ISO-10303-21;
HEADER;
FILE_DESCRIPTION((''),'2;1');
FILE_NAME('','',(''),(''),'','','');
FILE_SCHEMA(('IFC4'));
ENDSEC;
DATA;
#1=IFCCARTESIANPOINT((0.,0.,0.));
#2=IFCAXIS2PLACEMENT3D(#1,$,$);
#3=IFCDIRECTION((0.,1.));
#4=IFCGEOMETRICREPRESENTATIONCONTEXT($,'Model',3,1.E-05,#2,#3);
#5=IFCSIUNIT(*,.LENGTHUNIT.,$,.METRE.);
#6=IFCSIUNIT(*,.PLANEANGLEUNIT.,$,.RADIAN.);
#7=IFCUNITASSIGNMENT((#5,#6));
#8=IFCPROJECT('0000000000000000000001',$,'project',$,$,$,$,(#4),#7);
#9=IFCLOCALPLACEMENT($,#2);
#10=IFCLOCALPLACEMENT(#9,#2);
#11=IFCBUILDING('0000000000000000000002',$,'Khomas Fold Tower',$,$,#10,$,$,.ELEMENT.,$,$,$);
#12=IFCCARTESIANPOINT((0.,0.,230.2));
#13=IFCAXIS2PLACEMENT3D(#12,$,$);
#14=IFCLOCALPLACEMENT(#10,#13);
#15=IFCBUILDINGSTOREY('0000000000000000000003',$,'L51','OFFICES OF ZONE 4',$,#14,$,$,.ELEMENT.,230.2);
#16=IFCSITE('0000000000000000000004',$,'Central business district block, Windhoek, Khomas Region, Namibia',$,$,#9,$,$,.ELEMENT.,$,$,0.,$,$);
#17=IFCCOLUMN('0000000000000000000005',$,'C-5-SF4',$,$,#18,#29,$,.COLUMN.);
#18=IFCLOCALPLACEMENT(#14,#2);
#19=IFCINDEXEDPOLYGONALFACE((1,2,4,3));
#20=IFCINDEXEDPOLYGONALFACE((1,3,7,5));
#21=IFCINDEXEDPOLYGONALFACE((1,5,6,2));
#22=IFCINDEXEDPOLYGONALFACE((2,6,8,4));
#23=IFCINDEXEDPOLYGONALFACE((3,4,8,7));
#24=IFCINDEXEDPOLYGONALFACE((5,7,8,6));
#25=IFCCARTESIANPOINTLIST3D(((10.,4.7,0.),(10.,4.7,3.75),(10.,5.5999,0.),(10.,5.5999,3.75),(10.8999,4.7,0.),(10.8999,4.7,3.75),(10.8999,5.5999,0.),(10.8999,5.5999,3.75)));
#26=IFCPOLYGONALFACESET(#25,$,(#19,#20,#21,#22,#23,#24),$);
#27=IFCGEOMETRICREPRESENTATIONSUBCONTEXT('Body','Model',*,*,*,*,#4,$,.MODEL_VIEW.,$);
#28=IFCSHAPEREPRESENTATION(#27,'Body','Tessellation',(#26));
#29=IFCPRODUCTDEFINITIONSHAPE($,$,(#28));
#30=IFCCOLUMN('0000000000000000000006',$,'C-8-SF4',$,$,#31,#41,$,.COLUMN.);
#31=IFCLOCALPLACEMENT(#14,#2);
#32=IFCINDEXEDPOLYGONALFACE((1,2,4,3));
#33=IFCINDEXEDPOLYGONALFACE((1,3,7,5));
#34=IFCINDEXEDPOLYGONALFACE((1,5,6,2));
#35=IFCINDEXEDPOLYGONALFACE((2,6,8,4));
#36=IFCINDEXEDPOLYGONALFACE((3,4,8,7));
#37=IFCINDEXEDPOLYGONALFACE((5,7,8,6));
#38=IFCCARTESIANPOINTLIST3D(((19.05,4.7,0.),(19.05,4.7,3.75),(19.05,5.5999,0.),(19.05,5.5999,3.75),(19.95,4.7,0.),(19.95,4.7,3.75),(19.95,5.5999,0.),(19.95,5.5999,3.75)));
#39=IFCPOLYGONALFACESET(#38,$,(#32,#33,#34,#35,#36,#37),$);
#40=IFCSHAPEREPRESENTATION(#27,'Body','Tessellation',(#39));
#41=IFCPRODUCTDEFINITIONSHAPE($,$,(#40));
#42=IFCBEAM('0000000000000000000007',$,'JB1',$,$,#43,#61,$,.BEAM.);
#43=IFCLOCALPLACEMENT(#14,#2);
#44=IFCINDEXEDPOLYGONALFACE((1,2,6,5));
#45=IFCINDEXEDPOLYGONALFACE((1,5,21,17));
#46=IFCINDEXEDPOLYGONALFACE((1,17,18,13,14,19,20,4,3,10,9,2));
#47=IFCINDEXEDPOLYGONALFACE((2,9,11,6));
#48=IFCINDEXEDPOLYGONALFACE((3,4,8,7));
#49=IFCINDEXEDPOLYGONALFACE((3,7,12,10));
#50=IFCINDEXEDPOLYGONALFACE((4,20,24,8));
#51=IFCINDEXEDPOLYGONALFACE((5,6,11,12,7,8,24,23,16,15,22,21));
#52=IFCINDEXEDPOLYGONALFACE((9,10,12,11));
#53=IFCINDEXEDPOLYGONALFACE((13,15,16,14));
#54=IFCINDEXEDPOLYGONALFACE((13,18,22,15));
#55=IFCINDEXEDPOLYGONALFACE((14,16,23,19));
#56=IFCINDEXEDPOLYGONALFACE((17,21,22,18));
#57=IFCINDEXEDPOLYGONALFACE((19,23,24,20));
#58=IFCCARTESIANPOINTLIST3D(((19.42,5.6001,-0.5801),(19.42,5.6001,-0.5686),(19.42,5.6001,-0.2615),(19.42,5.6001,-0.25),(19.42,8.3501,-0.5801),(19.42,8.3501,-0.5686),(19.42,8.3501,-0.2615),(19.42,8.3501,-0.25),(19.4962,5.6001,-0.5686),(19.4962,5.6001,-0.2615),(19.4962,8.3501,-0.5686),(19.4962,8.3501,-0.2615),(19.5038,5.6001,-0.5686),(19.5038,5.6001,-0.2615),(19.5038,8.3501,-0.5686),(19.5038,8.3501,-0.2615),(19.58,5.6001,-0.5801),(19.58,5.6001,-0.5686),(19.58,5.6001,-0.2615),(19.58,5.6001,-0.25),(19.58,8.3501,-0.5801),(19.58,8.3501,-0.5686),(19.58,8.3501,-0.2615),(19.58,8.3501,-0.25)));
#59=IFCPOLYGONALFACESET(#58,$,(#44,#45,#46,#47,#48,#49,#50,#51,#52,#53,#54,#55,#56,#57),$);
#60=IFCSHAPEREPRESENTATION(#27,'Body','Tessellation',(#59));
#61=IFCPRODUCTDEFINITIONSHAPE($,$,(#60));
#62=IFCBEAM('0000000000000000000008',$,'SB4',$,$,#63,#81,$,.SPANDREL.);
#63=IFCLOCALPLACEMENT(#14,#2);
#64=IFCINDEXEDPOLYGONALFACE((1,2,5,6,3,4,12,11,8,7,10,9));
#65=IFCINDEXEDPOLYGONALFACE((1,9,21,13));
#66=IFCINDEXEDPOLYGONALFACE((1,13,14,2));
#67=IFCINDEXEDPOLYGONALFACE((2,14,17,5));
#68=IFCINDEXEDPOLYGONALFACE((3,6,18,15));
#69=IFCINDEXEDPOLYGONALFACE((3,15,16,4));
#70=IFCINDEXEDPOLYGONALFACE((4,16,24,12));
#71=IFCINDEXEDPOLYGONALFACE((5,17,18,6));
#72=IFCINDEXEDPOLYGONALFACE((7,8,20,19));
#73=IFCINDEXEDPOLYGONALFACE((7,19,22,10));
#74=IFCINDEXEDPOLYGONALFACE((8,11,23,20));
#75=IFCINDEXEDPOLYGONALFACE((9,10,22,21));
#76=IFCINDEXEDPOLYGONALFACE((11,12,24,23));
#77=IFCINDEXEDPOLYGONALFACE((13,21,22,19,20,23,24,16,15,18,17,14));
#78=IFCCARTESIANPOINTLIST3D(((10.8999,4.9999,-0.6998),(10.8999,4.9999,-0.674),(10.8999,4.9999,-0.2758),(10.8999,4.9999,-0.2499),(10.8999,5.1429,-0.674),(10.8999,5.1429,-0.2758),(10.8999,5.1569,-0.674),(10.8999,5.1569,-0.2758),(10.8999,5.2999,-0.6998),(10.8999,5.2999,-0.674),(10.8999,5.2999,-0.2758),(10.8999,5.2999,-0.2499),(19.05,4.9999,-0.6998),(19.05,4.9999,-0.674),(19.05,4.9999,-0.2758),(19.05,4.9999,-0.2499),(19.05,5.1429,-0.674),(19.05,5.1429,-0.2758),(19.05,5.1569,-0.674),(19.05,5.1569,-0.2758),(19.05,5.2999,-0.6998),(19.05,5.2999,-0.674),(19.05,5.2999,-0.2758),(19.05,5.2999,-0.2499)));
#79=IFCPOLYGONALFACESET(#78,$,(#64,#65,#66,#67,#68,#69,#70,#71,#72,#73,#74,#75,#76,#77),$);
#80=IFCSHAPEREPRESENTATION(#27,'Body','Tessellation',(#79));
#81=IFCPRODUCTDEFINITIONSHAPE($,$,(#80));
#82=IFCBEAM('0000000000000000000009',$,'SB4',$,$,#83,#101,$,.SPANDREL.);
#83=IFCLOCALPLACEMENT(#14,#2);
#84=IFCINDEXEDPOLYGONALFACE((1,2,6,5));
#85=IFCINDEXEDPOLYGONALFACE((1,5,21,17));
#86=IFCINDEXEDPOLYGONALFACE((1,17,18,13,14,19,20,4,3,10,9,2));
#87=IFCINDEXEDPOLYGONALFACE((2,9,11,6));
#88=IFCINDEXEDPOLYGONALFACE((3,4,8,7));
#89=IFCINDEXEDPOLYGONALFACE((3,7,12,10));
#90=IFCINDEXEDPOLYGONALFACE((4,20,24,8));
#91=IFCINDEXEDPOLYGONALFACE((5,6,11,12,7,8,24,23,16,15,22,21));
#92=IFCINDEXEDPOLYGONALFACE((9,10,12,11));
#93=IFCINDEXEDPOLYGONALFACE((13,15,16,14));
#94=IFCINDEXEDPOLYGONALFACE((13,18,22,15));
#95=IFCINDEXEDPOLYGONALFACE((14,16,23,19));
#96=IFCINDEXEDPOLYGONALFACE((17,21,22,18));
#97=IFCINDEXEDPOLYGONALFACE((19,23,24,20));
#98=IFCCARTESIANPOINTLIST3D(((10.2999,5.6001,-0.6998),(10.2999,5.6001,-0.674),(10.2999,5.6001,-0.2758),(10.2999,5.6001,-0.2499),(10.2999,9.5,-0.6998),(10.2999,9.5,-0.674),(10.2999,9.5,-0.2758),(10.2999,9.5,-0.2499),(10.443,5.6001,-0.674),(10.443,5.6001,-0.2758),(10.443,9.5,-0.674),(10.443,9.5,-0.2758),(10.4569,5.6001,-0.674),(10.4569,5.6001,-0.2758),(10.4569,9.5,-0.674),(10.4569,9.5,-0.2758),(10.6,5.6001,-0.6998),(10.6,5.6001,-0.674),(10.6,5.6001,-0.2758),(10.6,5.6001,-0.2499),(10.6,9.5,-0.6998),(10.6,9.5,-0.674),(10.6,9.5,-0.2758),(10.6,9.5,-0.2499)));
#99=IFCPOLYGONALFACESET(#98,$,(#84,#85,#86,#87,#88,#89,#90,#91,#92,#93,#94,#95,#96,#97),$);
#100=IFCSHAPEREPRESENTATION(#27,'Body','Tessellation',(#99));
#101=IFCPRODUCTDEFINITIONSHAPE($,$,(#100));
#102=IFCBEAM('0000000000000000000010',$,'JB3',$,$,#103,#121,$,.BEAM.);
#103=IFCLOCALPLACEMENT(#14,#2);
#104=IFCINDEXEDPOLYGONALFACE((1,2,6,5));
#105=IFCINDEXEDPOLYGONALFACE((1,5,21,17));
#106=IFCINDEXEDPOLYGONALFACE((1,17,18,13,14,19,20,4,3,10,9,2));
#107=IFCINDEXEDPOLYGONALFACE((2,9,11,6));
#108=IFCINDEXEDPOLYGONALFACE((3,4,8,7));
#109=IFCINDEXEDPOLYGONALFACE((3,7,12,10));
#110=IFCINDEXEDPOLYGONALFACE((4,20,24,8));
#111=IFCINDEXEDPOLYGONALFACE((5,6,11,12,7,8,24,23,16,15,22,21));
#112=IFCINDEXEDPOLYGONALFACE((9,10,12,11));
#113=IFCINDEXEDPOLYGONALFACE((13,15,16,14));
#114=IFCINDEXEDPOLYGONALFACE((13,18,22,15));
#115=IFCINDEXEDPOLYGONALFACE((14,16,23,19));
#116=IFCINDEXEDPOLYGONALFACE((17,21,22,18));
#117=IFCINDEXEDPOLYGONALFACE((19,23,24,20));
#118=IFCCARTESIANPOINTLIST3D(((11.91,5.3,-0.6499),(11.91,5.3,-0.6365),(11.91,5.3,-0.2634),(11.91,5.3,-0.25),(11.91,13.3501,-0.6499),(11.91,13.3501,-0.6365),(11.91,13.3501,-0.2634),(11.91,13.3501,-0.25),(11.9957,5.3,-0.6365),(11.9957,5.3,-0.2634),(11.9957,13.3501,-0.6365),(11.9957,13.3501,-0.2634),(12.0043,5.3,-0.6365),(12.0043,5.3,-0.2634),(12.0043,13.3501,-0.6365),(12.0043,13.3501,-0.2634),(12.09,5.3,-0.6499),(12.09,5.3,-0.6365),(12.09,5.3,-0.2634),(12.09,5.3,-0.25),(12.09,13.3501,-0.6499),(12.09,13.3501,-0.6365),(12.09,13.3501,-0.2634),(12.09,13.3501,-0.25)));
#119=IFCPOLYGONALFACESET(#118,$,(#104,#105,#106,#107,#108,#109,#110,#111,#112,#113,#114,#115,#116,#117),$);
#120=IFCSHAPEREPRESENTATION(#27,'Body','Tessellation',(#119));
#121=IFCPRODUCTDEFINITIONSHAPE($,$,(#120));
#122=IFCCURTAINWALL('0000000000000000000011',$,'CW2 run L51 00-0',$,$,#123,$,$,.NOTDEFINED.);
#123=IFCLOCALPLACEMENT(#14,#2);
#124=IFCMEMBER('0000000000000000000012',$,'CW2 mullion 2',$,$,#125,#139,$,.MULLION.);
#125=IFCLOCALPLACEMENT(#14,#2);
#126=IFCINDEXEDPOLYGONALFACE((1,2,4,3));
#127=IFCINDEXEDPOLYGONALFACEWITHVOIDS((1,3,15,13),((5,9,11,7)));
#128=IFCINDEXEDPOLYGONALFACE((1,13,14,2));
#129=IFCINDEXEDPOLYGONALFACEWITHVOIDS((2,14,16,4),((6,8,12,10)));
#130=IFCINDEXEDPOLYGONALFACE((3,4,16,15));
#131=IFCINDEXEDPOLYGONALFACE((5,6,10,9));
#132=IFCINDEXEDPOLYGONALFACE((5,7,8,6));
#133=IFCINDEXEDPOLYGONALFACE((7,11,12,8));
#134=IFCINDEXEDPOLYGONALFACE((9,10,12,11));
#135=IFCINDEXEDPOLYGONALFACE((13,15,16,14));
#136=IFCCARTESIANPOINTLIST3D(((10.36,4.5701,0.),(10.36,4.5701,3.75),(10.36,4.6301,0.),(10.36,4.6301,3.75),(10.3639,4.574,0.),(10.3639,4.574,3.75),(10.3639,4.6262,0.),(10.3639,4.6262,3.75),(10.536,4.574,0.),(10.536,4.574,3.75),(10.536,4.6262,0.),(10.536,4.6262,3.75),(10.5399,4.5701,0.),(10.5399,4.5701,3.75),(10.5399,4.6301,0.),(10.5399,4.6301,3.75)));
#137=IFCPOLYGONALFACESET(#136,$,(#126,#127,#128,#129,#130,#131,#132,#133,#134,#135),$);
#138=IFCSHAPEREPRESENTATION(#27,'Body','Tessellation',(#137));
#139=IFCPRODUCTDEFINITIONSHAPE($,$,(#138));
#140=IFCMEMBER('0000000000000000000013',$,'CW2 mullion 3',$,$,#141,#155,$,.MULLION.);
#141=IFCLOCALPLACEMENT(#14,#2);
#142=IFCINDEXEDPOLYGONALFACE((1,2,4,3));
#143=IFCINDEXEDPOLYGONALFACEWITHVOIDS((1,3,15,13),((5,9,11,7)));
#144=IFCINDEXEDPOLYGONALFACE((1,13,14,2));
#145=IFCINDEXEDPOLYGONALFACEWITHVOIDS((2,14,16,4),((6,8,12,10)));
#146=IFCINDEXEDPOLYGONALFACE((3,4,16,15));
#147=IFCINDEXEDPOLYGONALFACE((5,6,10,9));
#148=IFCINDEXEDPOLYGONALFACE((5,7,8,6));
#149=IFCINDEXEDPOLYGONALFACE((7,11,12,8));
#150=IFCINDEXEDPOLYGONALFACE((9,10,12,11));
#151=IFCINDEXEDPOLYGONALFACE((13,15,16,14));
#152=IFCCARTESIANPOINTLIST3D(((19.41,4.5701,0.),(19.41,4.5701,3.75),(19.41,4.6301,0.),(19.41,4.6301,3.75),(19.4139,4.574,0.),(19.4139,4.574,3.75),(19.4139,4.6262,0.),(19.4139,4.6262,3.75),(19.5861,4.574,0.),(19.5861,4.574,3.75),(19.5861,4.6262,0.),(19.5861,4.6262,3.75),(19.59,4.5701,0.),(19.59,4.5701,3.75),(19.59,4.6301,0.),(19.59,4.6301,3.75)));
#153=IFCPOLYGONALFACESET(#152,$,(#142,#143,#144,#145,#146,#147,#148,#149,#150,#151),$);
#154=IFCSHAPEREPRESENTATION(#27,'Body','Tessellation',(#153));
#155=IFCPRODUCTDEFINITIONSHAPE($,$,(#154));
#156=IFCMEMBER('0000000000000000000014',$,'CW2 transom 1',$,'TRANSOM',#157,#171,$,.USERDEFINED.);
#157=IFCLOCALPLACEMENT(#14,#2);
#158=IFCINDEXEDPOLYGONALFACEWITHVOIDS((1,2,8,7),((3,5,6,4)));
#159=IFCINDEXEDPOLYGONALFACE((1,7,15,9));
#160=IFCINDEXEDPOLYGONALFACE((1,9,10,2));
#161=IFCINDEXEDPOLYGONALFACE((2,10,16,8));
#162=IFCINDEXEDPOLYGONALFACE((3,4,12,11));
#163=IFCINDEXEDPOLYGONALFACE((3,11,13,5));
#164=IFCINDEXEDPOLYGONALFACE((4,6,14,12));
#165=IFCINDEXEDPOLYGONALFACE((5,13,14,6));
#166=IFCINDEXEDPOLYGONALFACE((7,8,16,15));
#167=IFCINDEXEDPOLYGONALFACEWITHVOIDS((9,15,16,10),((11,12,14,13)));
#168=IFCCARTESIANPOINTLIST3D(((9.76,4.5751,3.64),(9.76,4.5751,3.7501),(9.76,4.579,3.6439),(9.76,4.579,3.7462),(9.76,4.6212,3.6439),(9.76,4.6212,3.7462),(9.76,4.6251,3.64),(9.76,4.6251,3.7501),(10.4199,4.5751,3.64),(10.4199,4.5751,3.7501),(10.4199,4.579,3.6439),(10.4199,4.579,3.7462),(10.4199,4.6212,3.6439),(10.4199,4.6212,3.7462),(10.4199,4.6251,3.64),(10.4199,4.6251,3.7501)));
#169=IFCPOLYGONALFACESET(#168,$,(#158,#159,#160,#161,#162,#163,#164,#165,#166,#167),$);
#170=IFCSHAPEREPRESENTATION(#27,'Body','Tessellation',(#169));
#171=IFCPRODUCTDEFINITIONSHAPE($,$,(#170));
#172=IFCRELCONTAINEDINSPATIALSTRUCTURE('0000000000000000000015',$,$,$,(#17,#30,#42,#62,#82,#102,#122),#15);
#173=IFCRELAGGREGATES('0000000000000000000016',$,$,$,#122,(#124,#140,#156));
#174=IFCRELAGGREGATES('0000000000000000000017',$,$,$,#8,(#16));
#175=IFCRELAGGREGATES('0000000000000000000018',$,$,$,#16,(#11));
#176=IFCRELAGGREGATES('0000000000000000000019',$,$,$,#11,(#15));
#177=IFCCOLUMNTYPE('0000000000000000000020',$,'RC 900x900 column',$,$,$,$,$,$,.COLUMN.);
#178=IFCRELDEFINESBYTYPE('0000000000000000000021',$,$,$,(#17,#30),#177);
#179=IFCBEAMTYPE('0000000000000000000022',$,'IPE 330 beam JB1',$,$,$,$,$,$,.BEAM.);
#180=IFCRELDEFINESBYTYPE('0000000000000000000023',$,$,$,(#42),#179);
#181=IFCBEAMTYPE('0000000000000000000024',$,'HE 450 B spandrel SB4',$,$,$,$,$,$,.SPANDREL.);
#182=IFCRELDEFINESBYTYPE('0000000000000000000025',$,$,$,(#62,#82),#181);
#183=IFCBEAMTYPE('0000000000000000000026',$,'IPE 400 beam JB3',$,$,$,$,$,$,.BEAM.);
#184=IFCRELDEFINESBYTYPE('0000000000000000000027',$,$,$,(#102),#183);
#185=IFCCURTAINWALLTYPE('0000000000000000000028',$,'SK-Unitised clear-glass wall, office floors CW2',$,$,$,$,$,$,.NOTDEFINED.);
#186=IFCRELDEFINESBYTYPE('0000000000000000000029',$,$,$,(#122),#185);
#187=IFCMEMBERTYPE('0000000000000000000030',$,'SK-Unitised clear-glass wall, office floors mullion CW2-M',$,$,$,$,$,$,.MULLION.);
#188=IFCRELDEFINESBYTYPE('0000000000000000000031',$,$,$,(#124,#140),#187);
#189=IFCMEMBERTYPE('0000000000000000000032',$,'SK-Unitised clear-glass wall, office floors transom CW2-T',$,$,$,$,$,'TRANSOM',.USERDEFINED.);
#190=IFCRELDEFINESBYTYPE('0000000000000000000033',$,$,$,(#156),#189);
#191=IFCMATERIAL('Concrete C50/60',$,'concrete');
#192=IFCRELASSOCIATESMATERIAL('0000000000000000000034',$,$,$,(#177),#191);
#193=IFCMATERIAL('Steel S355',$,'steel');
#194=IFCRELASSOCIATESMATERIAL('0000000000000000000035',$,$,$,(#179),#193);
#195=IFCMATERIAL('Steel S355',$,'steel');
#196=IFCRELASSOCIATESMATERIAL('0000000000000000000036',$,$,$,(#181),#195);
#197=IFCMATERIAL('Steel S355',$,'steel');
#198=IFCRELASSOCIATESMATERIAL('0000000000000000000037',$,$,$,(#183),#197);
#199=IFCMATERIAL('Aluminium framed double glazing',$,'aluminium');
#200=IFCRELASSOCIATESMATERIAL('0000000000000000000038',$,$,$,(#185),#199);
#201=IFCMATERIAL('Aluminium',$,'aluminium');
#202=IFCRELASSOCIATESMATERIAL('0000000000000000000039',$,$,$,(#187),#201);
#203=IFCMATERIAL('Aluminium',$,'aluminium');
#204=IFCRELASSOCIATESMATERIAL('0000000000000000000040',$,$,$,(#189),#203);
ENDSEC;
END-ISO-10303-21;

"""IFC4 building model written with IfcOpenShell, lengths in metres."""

from ifc_helpers import new_model, si_unit, direction, frame, origin, origin_2d, place, context, subcontext, project, spatial, rectangle, hollow_rectangle, i_section, extrude, source, transform, mapped, material, material_profile, profile_set, type_object, element, aggregate, save


model = new_model("IFC4")

# Units and contexts
model_context = context("Model", 3, precision=1e-05, world=origin(), true_north=direction((0.0, 1.0)))
body_context = subcontext(model_context, "Body", "Model", "MODEL_VIEW")
ifc_project = project(units=[si_unit("LENGTHUNIT", "METRE"), si_unit("PLANEANGLEUNIT", "RADIAN")], contexts=[model_context])

# Site, building, storey
site_placement = place(None, origin())
site = spatial("IfcSite", under=ifc_project, at=site_placement, Name="Central business district block, Windhoek, Khomas Region, Namibia", CompositionType="ELEMENT", RefElevation=0.0)
building_placement = place(site_placement, origin())
building = spatial("IfcBuilding", under=site, at=building_placement, Name="Khomas Fold Tower", CompositionType="ELEMENT")
storey_placement = place(building_placement, frame((0.0, 0.0, 230.2)))
storey = spatial("IfcBuildingStorey", under=building, at=storey_placement, Name="L51", Description="OFFICES OF ZONE 4", CompositionType="ELEMENT", Elevation=230.2)

# Columns
ifc_material_1 = material(Name="Concrete C50/60", Category="concrete")
ifc_material_profile_1 = material_profile(ifc_material_1, rectangle(XDim=0.8999, YDim=0.8999, at=origin_2d()), Name="RC 900x900")
ifc_profile_set_1 = profile_set([ifc_material_profile_1], Name="Concrete C50/60")
column_type = type_object("IfcColumnType", Name="RC 900x900 column", PredefinedType="COLUMN", material=ifc_profile_set_1)
shared_shape_1 = source(origin(), body_context, "Body", "SweptSolid", [
    extrude(rectangle(XDim=0.8999, YDim=0.8999, at=origin_2d()), origin(), (0.0, 0.0, 1.0), 3.75),
])
for number, where, z_axis, x_axis, name in (
    (1, (10.45, 5.1499, 0.0), (0.0, 0.0, 1.0), (1.0, 0.0, 0.0), "C-5-SF4"),
    (2, (19.5, 5.1499, 0.0), (0.0, 0.0, 1.0), (1.0, 0.0, 0.0), "C-8-SF4"),
):
    element("IfcColumn", number, at=place(storey_placement, frame(where, z_axis=z_axis, x_axis=x_axis)), inside=storey, type_object=column_type, Name=name, PredefinedType="COLUMN", context=body_context, shape_type="MappedRepresentation", body=[
        mapped(shared_shape_1, transform((0.0, 0.0, 0.0))),
    ])

# Beams
ifc_material_2 = material(Name="Steel S355", Category="steel")
ifc_material_profile_2 = material_profile(ifc_material_2, i_section(OverallWidth=0.1599, OverallDepth=0.3301, WebThickness=0.0076, FlangeThickness=0.0115, at=origin_2d()), Name="IPE 330")
ifc_profile_set_2 = profile_set([ifc_material_profile_2], Name="Steel S355")
beam_type_1 = type_object("IfcBeamType", Name="IPE 330 beam JB1", PredefinedType="BEAM", material=ifc_profile_set_2)
shared_shape_2 = source(origin(), body_context, "Body", "SweptSolid", [
    extrude(i_section(OverallWidth=0.1599, OverallDepth=0.3301, WebThickness=0.0076, FlangeThickness=0.0115, at=origin_2d()), origin(), (0.0, 0.0, 1.0), 2.75),
])
beam_1_placement = place(storey_placement, frame((19.5, 5.6001, -0.415), z_axis=(0.0, 1.0, 0.0), x_axis=(-1.0, 0.0, 0.0)))
element("IfcBeam", 3, at=beam_1_placement, inside=storey, type_object=beam_type_1, Name="JB1", PredefinedType="BEAM", context=body_context, shape_type="MappedRepresentation", body=[
    mapped(shared_shape_2, transform((0.0, 0.0, 0.0))),
])
ifc_material_3 = material(Name="Steel S355", Category="steel")
ifc_material_profile_3 = material_profile(ifc_material_3, i_section(OverallWidth=0.3, OverallDepth=0.45, WebThickness=0.0139, FlangeThickness=0.0259, at=origin_2d()), Name="HE 450 B")
ifc_profile_set_3 = profile_set([ifc_material_profile_3], Name="Steel S355")
beam_type_2 = type_object("IfcBeamType", Name="HE 450 B spandrel SB4", PredefinedType="SPANDREL", material=ifc_profile_set_3)
shared_shape_3 = source(origin(), body_context, "Body", "SweptSolid", [
    extrude(i_section(OverallWidth=0.3, OverallDepth=0.45, WebThickness=0.0139, FlangeThickness=0.0259, at=origin_2d()), origin(), (0.0, 0.0, 1.0), 8.1501),
])
beam_2_placement = place(storey_placement, frame((10.8999, 5.1499, -0.4749), z_axis=(1.0, 0.0, 0.0), x_axis=(0.0, 1.0, 0.0)))
element("IfcBeam", 4, at=beam_2_placement, inside=storey, type_object=beam_type_2, Name="SB4", PredefinedType="SPANDREL", context=body_context, shape_type="MappedRepresentation", body=[
    mapped(shared_shape_3, transform((0.0, 0.0, 0.0))),
])
shared_shape_4 = source(origin(), body_context, "Body", "SweptSolid", [
    extrude(i_section(OverallWidth=0.3, OverallDepth=0.45, WebThickness=0.0139, FlangeThickness=0.0259, at=origin_2d()), origin(), (0.0, 0.0, 1.0), 3.8999),
])
beam_3_placement = place(storey_placement, frame((10.45, 5.6001, -0.4749), z_axis=(0.0, 1.0, 0.0), x_axis=(-1.0, 0.0, 0.0)))
element("IfcBeam", 5, at=beam_3_placement, inside=storey, type_object=beam_type_2, Name="SB4", PredefinedType="SPANDREL", context=body_context, shape_type="MappedRepresentation", body=[
    mapped(shared_shape_4, transform((0.0, 0.0, 0.0))),
])
ifc_material_4 = material(Name="Steel S355", Category="steel")
ifc_material_profile_4 = material_profile(ifc_material_4, i_section(OverallWidth=0.1799, OverallDepth=0.3999, WebThickness=0.0085, FlangeThickness=0.0134, at=origin_2d()), Name="IPE 400")
ifc_profile_set_4 = profile_set([ifc_material_profile_4], Name="Steel S355")
beam_type_3 = type_object("IfcBeamType", Name="IPE 400 beam JB3", PredefinedType="BEAM", material=ifc_profile_set_4)
shared_shape_5 = source(origin(), body_context, "Body", "SweptSolid", [
    extrude(i_section(OverallWidth=0.1799, OverallDepth=0.3999, WebThickness=0.0085, FlangeThickness=0.0134, at=origin_2d()), origin(), (0.0, 0.0, 1.0), 8.05),
])
beam_4_placement = place(storey_placement, frame((12.0, 5.3, -0.45), z_axis=(0.0, 1.0, 0.0), x_axis=(-1.0, 0.0, 0.0)))
element("IfcBeam", 6, at=beam_4_placement, inside=storey, type_object=beam_type_3, Name="JB3", PredefinedType="BEAM", context=body_context, shape_type="MappedRepresentation", body=[
    mapped(shared_shape_5, transform((0.0, 0.0, 0.0))),
])

# Curtain wall, members
ifc_material_5 = material(Name="Aluminium framed double glazing", Category="aluminium")
curtain_wall_type = type_object("IfcCurtainWallType", Name="SK-Unitised clear-glass wall, office floors CW2", PredefinedType="NOTDEFINED", material=ifc_material_5)
curtain_wall_placement = place(storey_placement, origin())
curtain_wall = element("IfcCurtainWall", 7, at=curtain_wall_placement, inside=storey, type_object=curtain_wall_type, Name="CW2 run L51 00-0", PredefinedType="NOTDEFINED")
ifc_material_6 = material(Name="Aluminium", Category="aluminium")
ifc_material_profile_5 = material_profile(ifc_material_6, hollow_rectangle(XDim=0.0601, YDim=0.1799, WallThickness=0.0039, at=origin_2d()), Name="SK-Unitised clear-glass wall, office floors mullion CW2-M")
ifc_profile_set_5 = profile_set([ifc_material_profile_5], Name="Aluminium")
member_type_1 = type_object("IfcMemberType", Name="SK-Unitised clear-glass wall, office floors mullion CW2-M", PredefinedType="MULLION", material=ifc_profile_set_5)
shared_shape_6 = source(origin(), body_context, "Body", "SweptSolid", [
    extrude(hollow_rectangle(XDim=0.0601, YDim=0.1799, WallThickness=0.0039, at=origin_2d()), origin(), (0.0, 0.0, 1.0), 3.75),
])
member_1_placement = place(storey_placement, frame((10.45, 4.6001, 0.0), z_axis=(0.0, 0.0, 1.0), x_axis=(0.0, 1.0, 0.0)))
member_1 = element("IfcMember", 8, at=member_1_placement, type_object=member_type_1, Name="CW2 mullion 2", PredefinedType="MULLION", context=body_context, shape_type="MappedRepresentation", body=[
    mapped(shared_shape_6, transform((0.0, 0.0, 0.0))),
])
member_2_placement = place(storey_placement, frame((19.5, 4.6001, 0.0), z_axis=(0.0, 0.0, 1.0), x_axis=(0.0, 1.0, 0.0)))
member_2 = element("IfcMember", 9, at=member_2_placement, type_object=member_type_1, Name="CW2 mullion 3", PredefinedType="MULLION", context=body_context, shape_type="MappedRepresentation", body=[
    mapped(shared_shape_6, transform((0.0, 0.0, 0.0))),
])
ifc_material_7 = material(Name="Aluminium", Category="aluminium")
ifc_material_profile_6 = material_profile(ifc_material_7, hollow_rectangle(XDim=0.05, YDim=0.1101, WallThickness=0.0039, at=origin_2d()), Name="SK-Unitised clear-glass wall, office floors transom CW2-T")
ifc_profile_set_6 = profile_set([ifc_material_profile_6], Name="Aluminium")
member_type_2 = type_object("IfcMemberType", Name="SK-Unitised clear-glass wall, office floors transom CW2-T", ElementType="TRANSOM", PredefinedType="USERDEFINED", material=ifc_profile_set_6)
shared_shape_7 = source(origin(), body_context, "Body", "SweptSolid", [
    extrude(hollow_rectangle(XDim=0.05, YDim=0.1101, WallThickness=0.0039, at=origin_2d()), origin(), (0.0, 0.0, 1.0), 0.6599),
])
member_3_placement = place(storey_placement, frame((9.76, 4.6001, 3.6951), z_axis=(1.0, 0.0, 0.0), x_axis=(0.0, 1.0, 0.0)))
member_3 = element("IfcMember", 10, at=member_3_placement, type_object=member_type_2, Name="CW2 transom 1", ObjectType="TRANSOM", PredefinedType="USERDEFINED", context=body_context, shape_type="MappedRepresentation", body=[
    mapped(shared_shape_7, transform((0.0, 0.0, 0.0))),
])
aggregate(curtain_wall, [member_1, member_2, member_3])

save(model, "model.ifc")
